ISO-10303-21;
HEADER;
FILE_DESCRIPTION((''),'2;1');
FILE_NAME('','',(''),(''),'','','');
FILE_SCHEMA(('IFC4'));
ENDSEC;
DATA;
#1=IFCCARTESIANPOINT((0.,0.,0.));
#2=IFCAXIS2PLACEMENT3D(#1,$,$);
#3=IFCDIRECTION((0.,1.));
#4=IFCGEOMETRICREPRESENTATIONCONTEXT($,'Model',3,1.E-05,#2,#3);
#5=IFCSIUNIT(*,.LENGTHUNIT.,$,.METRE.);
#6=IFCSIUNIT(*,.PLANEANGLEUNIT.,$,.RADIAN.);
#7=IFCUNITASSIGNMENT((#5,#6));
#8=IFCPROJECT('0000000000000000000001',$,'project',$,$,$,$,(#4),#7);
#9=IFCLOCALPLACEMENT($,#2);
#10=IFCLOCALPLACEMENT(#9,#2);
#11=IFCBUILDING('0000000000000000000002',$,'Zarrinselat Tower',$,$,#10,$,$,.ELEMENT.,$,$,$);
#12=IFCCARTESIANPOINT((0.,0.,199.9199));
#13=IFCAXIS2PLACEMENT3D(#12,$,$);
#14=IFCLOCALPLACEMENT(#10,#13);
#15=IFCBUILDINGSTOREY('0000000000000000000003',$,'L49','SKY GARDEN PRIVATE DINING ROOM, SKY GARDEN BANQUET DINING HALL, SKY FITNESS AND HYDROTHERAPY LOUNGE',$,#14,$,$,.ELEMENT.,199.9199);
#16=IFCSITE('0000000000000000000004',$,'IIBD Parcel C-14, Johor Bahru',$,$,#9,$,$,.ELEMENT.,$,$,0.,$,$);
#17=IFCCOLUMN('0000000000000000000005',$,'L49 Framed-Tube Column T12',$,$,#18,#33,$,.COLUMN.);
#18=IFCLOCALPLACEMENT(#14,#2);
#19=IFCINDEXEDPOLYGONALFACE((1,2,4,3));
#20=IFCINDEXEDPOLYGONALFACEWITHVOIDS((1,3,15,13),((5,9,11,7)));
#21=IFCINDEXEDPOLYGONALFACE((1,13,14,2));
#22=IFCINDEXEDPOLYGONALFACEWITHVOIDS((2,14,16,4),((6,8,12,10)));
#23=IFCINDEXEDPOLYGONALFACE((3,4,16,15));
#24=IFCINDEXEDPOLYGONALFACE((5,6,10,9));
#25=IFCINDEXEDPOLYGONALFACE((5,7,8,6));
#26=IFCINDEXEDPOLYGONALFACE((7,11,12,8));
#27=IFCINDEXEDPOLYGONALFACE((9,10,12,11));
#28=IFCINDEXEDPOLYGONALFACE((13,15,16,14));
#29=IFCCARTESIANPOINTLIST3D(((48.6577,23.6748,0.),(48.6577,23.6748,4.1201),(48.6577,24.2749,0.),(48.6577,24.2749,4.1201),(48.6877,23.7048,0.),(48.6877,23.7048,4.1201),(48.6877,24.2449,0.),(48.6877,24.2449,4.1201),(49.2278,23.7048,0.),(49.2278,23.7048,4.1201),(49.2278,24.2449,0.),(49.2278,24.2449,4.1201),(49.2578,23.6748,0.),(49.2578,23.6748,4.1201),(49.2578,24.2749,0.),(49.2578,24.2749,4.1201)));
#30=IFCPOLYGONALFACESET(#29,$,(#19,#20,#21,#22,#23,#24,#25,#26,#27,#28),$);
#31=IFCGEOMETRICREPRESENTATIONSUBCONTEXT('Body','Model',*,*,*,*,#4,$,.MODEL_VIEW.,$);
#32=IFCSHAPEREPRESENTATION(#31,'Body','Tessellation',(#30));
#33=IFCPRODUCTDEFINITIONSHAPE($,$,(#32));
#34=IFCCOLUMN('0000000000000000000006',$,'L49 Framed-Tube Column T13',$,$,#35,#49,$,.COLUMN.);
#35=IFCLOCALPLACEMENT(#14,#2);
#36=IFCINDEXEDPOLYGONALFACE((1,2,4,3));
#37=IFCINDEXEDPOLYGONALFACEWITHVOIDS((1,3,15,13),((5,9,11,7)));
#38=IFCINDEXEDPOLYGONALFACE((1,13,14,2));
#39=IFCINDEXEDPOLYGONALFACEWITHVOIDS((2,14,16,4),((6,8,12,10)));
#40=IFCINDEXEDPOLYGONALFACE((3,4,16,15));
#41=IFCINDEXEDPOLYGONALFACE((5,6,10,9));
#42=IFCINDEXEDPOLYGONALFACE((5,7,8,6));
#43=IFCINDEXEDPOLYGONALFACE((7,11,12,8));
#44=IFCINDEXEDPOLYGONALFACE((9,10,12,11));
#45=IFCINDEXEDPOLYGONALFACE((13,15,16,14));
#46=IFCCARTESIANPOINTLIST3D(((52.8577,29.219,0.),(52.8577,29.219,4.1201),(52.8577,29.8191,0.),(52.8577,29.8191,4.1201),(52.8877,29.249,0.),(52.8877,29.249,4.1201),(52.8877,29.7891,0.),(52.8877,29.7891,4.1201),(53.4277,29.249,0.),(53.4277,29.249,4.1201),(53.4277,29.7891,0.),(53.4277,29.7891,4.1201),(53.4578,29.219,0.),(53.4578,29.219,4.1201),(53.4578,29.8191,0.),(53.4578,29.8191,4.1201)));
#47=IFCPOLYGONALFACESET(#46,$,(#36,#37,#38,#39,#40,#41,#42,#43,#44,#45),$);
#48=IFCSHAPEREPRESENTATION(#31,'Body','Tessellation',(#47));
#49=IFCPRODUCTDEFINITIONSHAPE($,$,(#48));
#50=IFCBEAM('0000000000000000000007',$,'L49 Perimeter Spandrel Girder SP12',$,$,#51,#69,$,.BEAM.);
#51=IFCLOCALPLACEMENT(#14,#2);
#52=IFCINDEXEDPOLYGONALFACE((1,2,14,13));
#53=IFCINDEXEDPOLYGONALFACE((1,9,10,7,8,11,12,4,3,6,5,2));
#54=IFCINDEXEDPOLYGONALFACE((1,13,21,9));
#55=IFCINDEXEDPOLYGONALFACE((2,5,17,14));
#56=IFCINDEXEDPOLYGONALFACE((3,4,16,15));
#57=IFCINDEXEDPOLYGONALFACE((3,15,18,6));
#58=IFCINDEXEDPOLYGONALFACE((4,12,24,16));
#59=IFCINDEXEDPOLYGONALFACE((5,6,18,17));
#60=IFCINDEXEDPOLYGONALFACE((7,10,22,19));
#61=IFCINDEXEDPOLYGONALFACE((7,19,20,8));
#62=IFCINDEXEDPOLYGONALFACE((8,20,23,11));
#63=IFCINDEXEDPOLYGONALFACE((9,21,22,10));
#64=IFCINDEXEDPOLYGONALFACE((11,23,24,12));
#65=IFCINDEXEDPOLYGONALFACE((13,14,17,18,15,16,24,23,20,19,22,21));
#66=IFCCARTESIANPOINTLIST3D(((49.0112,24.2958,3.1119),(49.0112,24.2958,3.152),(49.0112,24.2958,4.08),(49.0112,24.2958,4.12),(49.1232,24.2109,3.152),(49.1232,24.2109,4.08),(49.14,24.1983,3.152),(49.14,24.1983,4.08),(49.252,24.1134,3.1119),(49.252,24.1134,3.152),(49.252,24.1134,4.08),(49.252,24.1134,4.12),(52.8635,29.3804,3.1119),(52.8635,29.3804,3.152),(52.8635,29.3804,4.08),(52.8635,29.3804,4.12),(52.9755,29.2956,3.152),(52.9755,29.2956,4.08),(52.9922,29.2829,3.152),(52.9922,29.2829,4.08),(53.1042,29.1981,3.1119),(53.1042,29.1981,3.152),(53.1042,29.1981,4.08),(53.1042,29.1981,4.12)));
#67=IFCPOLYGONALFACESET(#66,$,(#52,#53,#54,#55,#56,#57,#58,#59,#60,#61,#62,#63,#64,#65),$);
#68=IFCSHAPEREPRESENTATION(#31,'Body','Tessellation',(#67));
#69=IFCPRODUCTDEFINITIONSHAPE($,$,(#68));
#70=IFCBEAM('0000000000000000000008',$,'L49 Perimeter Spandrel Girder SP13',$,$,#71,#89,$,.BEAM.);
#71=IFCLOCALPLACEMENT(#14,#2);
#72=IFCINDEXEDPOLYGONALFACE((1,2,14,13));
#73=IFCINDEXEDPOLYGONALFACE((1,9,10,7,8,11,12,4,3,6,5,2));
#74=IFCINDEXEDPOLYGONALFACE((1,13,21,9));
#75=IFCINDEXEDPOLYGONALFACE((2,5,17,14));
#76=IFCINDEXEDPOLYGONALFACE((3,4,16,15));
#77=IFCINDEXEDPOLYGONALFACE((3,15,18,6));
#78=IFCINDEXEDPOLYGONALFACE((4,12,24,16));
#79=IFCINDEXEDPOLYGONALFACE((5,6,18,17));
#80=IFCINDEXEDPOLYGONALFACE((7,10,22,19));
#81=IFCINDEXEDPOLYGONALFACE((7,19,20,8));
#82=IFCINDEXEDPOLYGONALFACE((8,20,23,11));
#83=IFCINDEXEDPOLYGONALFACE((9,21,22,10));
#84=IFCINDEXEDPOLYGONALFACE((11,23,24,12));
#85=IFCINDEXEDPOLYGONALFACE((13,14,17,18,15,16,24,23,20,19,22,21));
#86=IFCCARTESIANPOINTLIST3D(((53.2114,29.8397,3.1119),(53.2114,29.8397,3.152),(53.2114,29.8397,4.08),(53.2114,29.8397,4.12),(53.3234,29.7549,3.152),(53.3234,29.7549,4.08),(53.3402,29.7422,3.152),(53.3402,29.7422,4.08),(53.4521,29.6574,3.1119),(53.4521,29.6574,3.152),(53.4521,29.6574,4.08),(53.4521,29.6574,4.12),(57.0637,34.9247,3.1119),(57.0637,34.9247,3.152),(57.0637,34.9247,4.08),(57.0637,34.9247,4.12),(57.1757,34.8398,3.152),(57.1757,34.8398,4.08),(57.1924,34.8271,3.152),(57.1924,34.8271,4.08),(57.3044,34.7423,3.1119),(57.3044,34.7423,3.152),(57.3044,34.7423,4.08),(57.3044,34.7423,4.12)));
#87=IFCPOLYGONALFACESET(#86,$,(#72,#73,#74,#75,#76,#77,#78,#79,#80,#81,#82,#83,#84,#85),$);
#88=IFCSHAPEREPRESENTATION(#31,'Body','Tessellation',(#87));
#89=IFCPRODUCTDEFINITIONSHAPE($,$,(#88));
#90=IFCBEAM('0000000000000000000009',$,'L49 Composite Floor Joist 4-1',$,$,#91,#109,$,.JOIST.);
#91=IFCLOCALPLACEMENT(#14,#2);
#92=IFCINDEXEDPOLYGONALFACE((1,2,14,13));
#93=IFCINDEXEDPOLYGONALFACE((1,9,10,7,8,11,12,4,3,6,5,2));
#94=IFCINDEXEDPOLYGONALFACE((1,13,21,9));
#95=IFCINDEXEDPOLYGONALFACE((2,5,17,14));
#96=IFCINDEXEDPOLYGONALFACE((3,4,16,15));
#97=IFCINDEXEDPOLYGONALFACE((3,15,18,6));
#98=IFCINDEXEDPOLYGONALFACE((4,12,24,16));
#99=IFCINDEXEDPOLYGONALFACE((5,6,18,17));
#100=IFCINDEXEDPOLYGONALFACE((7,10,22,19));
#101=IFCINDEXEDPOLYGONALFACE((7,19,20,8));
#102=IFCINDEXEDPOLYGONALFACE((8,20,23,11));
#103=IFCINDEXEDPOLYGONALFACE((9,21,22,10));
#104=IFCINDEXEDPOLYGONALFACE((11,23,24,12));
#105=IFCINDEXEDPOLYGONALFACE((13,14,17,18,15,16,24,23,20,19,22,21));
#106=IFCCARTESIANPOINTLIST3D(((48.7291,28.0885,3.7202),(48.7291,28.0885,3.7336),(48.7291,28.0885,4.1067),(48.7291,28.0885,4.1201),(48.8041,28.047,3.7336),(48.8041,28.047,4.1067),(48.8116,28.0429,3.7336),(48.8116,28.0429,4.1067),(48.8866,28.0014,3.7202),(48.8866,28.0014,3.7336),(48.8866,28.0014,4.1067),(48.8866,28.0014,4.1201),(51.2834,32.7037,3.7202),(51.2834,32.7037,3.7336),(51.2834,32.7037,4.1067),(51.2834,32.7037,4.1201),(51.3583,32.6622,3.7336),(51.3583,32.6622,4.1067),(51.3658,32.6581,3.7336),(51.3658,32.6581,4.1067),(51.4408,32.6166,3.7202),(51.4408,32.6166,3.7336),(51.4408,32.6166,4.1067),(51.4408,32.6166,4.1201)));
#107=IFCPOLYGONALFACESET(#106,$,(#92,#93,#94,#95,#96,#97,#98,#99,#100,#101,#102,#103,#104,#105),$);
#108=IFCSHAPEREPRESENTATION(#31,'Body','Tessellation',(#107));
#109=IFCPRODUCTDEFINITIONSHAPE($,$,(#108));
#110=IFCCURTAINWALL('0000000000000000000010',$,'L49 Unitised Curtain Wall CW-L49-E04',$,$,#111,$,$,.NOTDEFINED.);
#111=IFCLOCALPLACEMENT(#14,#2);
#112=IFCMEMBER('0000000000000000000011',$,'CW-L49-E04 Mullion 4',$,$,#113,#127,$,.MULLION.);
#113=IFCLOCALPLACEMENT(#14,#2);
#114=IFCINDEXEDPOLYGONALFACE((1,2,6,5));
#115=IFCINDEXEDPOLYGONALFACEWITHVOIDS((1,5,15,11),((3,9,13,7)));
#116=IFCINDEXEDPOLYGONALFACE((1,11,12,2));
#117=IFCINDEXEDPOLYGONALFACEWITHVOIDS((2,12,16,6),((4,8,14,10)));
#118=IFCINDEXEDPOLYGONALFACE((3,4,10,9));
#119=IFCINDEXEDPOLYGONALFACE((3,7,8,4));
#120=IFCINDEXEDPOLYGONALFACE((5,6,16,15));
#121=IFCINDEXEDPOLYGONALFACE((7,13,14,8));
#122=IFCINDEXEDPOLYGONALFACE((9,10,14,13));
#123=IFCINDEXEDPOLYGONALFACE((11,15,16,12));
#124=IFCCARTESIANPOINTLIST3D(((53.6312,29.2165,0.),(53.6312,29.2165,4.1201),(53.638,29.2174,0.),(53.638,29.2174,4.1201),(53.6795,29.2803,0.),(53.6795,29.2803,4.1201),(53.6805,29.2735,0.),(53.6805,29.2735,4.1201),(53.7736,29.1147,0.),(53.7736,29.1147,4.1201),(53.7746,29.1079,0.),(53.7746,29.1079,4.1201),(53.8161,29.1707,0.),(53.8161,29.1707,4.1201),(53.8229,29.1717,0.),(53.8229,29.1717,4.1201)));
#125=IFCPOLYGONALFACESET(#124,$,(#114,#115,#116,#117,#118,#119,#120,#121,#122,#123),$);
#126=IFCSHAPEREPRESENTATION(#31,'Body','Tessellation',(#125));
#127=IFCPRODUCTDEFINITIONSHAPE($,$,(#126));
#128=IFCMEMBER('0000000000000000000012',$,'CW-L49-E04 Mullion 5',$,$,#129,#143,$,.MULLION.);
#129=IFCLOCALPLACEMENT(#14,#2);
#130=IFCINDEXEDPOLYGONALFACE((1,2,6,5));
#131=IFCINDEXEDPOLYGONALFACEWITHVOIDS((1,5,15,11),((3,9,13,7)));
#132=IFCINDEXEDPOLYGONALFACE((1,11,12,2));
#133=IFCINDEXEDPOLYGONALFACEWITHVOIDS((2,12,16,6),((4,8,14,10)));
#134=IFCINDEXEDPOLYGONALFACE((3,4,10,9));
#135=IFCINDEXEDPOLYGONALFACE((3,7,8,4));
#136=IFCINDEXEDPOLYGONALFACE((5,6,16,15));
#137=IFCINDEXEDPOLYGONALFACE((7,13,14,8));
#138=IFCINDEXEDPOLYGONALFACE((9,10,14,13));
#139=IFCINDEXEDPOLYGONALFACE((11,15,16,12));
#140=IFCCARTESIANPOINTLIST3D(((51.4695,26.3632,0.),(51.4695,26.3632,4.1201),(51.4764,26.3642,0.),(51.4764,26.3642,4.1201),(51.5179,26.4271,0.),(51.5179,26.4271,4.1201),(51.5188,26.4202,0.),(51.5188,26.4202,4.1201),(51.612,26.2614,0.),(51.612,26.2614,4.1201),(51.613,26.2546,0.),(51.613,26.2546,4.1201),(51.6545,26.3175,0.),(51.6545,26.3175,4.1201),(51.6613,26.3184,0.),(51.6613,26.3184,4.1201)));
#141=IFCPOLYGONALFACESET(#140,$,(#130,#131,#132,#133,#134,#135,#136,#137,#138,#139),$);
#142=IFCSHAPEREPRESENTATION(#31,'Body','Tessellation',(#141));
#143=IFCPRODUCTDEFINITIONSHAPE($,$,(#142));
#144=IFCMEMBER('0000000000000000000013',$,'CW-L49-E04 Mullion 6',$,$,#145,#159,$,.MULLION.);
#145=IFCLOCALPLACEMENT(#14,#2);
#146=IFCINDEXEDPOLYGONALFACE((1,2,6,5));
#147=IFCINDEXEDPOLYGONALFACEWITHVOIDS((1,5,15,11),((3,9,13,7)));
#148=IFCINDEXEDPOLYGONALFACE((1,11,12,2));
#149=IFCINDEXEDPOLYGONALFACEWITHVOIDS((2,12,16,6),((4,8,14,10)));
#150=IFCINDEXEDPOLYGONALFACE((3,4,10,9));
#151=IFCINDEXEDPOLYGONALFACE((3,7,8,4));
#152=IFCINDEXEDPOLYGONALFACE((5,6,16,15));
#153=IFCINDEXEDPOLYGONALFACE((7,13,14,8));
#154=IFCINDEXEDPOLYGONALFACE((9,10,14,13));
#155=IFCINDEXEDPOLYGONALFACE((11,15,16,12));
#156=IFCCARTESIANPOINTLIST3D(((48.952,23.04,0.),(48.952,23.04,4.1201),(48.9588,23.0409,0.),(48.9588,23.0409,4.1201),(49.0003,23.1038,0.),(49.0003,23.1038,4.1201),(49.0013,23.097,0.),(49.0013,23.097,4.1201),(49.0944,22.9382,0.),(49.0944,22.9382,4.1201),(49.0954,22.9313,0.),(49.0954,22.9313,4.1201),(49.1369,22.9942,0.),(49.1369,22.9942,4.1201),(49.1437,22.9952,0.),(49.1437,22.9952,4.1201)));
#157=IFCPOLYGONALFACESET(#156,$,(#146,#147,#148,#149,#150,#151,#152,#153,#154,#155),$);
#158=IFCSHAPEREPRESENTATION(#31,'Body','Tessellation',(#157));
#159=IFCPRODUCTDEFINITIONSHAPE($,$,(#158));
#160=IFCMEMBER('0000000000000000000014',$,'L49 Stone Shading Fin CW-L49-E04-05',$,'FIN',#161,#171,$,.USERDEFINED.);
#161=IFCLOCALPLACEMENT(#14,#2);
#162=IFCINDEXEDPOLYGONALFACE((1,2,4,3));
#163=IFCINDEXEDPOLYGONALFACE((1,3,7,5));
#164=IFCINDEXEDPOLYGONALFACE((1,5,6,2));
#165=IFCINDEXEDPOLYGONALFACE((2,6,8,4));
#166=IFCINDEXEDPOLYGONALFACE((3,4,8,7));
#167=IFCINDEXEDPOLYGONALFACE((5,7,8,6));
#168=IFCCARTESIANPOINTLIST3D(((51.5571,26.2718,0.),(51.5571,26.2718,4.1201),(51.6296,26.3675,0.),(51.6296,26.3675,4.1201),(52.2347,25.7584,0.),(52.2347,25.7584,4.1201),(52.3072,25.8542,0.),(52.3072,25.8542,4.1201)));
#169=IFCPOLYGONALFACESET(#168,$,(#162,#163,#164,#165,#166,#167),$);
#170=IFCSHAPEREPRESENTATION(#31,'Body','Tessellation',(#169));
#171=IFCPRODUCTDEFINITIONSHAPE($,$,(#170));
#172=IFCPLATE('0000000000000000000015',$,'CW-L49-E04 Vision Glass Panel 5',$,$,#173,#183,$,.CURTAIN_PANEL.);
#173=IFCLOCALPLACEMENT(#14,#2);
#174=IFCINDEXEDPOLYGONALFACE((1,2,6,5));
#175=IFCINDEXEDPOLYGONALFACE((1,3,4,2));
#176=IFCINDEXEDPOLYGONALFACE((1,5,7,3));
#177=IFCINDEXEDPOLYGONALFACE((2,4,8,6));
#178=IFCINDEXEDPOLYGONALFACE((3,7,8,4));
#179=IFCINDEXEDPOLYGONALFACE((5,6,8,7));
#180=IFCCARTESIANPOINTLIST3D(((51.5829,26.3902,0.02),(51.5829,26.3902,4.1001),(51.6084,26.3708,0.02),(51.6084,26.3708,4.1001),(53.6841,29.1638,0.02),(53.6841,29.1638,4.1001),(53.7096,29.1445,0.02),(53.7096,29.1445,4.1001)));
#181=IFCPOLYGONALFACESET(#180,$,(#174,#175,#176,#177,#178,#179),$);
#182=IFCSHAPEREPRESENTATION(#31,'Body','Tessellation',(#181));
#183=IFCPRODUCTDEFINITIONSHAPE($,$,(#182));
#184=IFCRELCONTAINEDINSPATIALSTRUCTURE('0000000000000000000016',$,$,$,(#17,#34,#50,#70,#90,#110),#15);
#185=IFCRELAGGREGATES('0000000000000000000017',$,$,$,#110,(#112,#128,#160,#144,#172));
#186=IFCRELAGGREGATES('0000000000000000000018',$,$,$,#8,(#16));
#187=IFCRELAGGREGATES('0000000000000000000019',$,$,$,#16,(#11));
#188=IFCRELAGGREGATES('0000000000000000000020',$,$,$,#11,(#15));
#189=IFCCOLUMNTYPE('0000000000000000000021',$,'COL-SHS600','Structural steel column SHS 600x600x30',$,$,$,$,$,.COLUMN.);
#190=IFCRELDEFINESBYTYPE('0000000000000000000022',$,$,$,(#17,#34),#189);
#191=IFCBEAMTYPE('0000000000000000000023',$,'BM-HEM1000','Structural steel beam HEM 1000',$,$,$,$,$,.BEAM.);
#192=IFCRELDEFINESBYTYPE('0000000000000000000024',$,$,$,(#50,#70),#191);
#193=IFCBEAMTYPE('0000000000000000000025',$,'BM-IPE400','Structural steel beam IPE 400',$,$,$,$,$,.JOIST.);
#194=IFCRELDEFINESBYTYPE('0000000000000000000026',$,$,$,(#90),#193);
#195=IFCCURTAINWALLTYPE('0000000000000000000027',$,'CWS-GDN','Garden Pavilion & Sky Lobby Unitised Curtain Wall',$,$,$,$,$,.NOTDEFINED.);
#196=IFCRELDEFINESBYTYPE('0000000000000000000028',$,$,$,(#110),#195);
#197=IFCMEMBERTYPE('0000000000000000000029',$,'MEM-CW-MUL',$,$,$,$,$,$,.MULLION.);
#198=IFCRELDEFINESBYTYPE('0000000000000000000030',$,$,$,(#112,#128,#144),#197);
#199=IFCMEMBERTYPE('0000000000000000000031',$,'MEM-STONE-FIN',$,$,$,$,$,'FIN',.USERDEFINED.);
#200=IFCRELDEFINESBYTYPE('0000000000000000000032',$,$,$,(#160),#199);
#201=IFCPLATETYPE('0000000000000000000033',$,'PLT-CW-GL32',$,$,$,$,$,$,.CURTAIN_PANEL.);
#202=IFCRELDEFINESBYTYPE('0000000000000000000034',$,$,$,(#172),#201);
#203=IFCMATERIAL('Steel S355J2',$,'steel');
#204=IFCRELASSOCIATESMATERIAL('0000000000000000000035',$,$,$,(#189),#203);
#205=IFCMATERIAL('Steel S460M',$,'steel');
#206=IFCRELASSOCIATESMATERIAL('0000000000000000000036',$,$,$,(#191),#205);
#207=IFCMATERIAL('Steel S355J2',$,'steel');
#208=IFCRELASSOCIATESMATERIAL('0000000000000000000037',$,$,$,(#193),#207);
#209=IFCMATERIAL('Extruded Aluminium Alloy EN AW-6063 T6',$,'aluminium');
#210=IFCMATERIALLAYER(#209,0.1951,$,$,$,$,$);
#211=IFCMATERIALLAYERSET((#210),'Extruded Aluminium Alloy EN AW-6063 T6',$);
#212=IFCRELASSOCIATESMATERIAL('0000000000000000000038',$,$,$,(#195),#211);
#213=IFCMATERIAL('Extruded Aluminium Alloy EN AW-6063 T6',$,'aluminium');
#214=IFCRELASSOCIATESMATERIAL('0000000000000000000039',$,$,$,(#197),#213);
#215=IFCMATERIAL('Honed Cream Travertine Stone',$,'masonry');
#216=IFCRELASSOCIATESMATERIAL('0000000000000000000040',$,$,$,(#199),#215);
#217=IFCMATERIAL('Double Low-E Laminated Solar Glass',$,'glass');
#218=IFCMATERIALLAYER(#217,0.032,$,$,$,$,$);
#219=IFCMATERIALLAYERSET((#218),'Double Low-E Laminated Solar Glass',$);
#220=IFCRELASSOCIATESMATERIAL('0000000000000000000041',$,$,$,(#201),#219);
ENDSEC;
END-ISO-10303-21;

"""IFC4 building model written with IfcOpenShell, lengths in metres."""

from ifc_helpers import new_model, si_unit, direction, frame, origin, origin_2d, place, context, subcontext, project, spatial, rectangle, hollow_rectangle, i_section, extrude, material, layer, layer_set, material_profile, profile_set, type_object, element, aggregate, save


model = new_model("IFC4")

# Units and contexts
model_context = context("Model", 3, precision=1e-05, world=origin(), true_north=direction((0.0, 1.0)))
body_context = subcontext(model_context, "Body", "Model", "MODEL_VIEW")
ifc_project = project(units=[si_unit("LENGTHUNIT", "METRE"), si_unit("PLANEANGLEUNIT", "RADIAN")], contexts=[model_context])

# Site, building, storey
site_placement = place(None, origin())
site = spatial("IfcSite", under=ifc_project, at=site_placement, Name="IIBD Parcel C-14, Johor Bahru", CompositionType="ELEMENT", RefElevation=0.0)
building_placement = place(site_placement, origin())
building = spatial("IfcBuilding", under=site, at=building_placement, Name="Zarrinselat Tower", CompositionType="ELEMENT")
storey_placement = place(building_placement, frame((0.0, 0.0, 199.9199)))
storey = spatial("IfcBuildingStorey", under=building, at=storey_placement, Name="L49", Description="SKY GARDEN PRIVATE DINING ROOM, SKY GARDEN BANQUET DINING HALL, SKY FITNESS AND HYDROTHERAPY LOUNGE", CompositionType="ELEMENT", Elevation=199.9199)

# Columns
ifc_material_1 = material(Name="Steel S355J2", Category="steel")
ifc_material_profile_1 = material_profile(ifc_material_1, hollow_rectangle(XDim=0.6001, YDim=0.6001, WallThickness=0.03, at=origin_2d()), Name="SHS 600x600x30")
ifc_profile_set_1 = profile_set([ifc_material_profile_1], Name="Steel S355J2")
column_type = type_object("IfcColumnType", Name="COL-SHS600", Description="Structural steel column SHS 600x600x30", PredefinedType="COLUMN", material=ifc_profile_set_1)
for number, where, z_axis, x_axis, name in (
    (1, (48.9578, 23.9749, 0.0), (0.0, 0.0, 1.0), (1.0, 0.0, 0.0), "L49 Framed-Tube Column T12"),
    (2, (53.1577, 29.519, 0.0), (0.0, 0.0, 1.0), (1.0, 0.0, 0.0), "L49 Framed-Tube Column T13"),
):
    element("IfcColumn", number, at=place(storey_placement, frame(where, z_axis=z_axis, x_axis=x_axis)), inside=storey, type_object=column_type, Name=name, PredefinedType="COLUMN", context=body_context, shape_type="SweptSolid", body=[
        extrude(hollow_rectangle(XDim=0.6001, YDim=0.6001, WallThickness=0.03, at=origin_2d()), origin(), (0.0, 0.0, 1.0), 4.1201),
    ])

# Beams
ifc_material_2 = material(Name="Steel S460M", Category="steel")
ifc_material_profile_2 = material_profile(ifc_material_2, i_section(OverallWidth=0.302, OverallDepth=1.0081, WebThickness=0.021, FlangeThickness=0.04, at=origin_2d()), Name="HEM 1000")
ifc_profile_set_2 = profile_set([ifc_material_profile_2], Name="Steel S460M")
beam_type_1 = type_object("IfcBeamType", Name="BM-HEM1000", Description="Structural steel beam HEM 1000", PredefinedType="BEAM", material=ifc_profile_set_2)
beam_1_placement = place(storey_placement, frame((49.1316, 24.2046, 3.616), z_axis=(0.603881, 0.797074, 0.0), x_axis=(-0.797074, 0.603881, 0.0)))
element("IfcBeam", 3, at=beam_1_placement, inside=storey, type_object=beam_type_1, Name="L49 Perimeter Spandrel Girder SP12", PredefinedType="BEAM", context=body_context, shape_type="SweptSolid", body=[
    extrude(i_section(OverallWidth=0.302, OverallDepth=1.0081, WebThickness=0.021, FlangeThickness=0.04, at=origin_2d()), origin(), (0.0, 0.0, 1.0), 6.3792),
])
beam_2_placement = place(storey_placement, frame((53.3318, 29.7485, 3.616), z_axis=(0.603863, 0.797088, 0.0), x_axis=(-0.797088, 0.603863, 0.0)))
element("IfcBeam", 4, at=beam_2_placement, inside=storey, type_object=beam_type_1, Name="L49 Perimeter Spandrel Girder SP13", PredefinedType="BEAM", context=body_context, shape_type="SweptSolid", body=[
    extrude(i_section(OverallWidth=0.302, OverallDepth=1.0081, WebThickness=0.021, FlangeThickness=0.04, at=origin_2d()), origin(), (0.0, 0.0, 1.0), 6.3794),
])
ifc_material_3 = material(Name="Steel S355J2", Category="steel")
ifc_material_profile_3 = material_profile(ifc_material_3, i_section(OverallWidth=0.1799, OverallDepth=0.3999, WebThickness=0.0085, FlangeThickness=0.0134, at=origin_2d()), Name="IPE 400")
ifc_profile_set_3 = profile_set([ifc_material_profile_3], Name="Steel S355J2")
beam_type_2 = type_object("IfcBeamType", Name="BM-IPE400", Description="Structural steel beam IPE 400", PredefinedType="JOIST", material=ifc_profile_set_3)
beam_3_placement = place(storey_placement, frame((48.8079, 28.0449, 3.9202), z_axis=(0.48422, 0.874946, 0.0), x_axis=(-0.874946, 0.48422, 0.0)))
element("IfcBeam", 5, at=beam_3_placement, inside=storey, type_object=beam_type_2, Name="L49 Composite Floor Joist 4-1", PredefinedType="JOIST", context=body_context, shape_type="SweptSolid", body=[
    extrude(i_section(OverallWidth=0.1799, OverallDepth=0.3999, WebThickness=0.0085, FlangeThickness=0.0134, at=origin_2d()), origin(), (0.0, 0.0, 1.0), 5.2749),
])

# Curtain wall, members, plate
ifc_material_4 = material(Name="Extruded Aluminium Alloy EN AW-6063 T6", Category="aluminium")
ifc_layer_1 = layer(ifc_material_4, 0.1951)
ifc_layer_set_1 = layer_set([ifc_layer_1], Name="Extruded Aluminium Alloy EN AW-6063 T6")
curtain_wall_type = type_object("IfcCurtainWallType", Name="CWS-GDN", Description="Garden Pavilion & Sky Lobby Unitised Curtain Wall", PredefinedType="NOTDEFINED", material=ifc_layer_set_1)
curtain_wall_placement = place(storey_placement, origin())
curtain_wall = element("IfcCurtainWall", 6, at=curtain_wall_placement, inside=storey, type_object=curtain_wall_type, Name="L49 Unitised Curtain Wall CW-L49-E04", PredefinedType="NOTDEFINED")
ifc_material_5 = material(Name="Extruded Aluminium Alloy EN AW-6063 T6", Category="aluminium")
ifc_material_profile_4 = material_profile(ifc_material_5, hollow_rectangle(XDim=0.0801, YDim=0.1799, WallThickness=0.0049, at=origin_2d()), Name="RHS 180x80x5")
ifc_profile_set_4 = profile_set([ifc_material_profile_4], Name="Extruded Aluminium Alloy EN AW-6063 T6")
member_type_1 = type_object("IfcMemberType", Name="MEM-CW-MUL", PredefinedType="MULLION", material=ifc_profile_set_4)
member_1_placement = place(storey_placement, frame((53.7271, 29.1941, 0.0), z_axis=(0.0, 0.0, 1.0), x_axis=(-0.603858, -0.797092, 0.0)))
member_1 = element("IfcMember", 7, at=member_1_placement, type_object=member_type_1, Name="CW-L49-E04 Mullion 4", PredefinedType="MULLION", context=body_context, shape_type="SweptSolid", body=[
    extrude(hollow_rectangle(XDim=0.0801, YDim=0.1799, WallThickness=0.0049, at=origin_2d()), origin(), (0.0, 0.0, 1.0), 4.1201),
])
member_2_placement = place(storey_placement, frame((51.5654, 26.3408, 0.0), z_axis=(0.0, 0.0, 1.0), x_axis=(-0.603858, -0.797092, 0.0)))
member_2 = element("IfcMember", 8, at=member_2_placement, type_object=member_type_1, Name="CW-L49-E04 Mullion 5", PredefinedType="MULLION", context=body_context, shape_type="SweptSolid", body=[
    extrude(hollow_rectangle(XDim=0.0801, YDim=0.1799, WallThickness=0.0049, at=origin_2d()), origin(), (0.0, 0.0, 1.0), 4.1201),
])
member_3_placement = place(storey_placement, frame((49.0479, 23.0176, 0.0), z_axis=(0.0, 0.0, 1.0), x_axis=(-0.603858, -0.797092, 0.0)))
member_3 = element("IfcMember", 9, at=member_3_placement, type_object=member_type_1, Name="CW-L49-E04 Mullion 6", PredefinedType="MULLION", context=body_context, shape_type="SweptSolid", body=[
    extrude(hollow_rectangle(XDim=0.0801, YDim=0.1799, WallThickness=0.0049, at=origin_2d()), origin(), (0.0, 0.0, 1.0), 4.1201),
])
ifc_material_6 = material(Name="Honed Cream Travertine Stone", Category="masonry")
ifc_material_profile_5 = material_profile(ifc_material_6, rectangle(XDim=0.1201, YDim=0.8501, at=origin_2d()), Name="FIN 850x120")
ifc_profile_set_5 = profile_set([ifc_material_profile_5], Name="Honed Cream Travertine Stone")
member_type_2 = type_object("IfcMemberType", Name="MEM-STONE-FIN", ElementType="FIN", PredefinedType="USERDEFINED", material=ifc_profile_set_5)
member_4_placement = place(storey_placement, frame((51.9321, 26.063, 0.0), z_axis=(0.0, 0.0, 1.0), x_axis=(-0.603858, -0.797092, 0.0)))
member_4 = element("IfcMember", 10, at=member_4_placement, type_object=member_type_2, Name="L49 Stone Shading Fin CW-L49-E04-05", ObjectType="FIN", PredefinedType="USERDEFINED", context=body_context, shape_type="SweptSolid", body=[
    extrude(rectangle(XDim=0.1201, YDim=0.8501, at=origin_2d()), origin(), (0.0, 0.0, 1.0), 4.1201),
])
ifc_material_7 = material(Name="Double Low-E Laminated Solar Glass", Category="glass")
ifc_layer_2 = layer(ifc_material_7, 0.032)
ifc_layer_set_2 = layer_set([ifc_layer_2], Name="Double Low-E Laminated Solar Glass")
plate_type = type_object("IfcPlateType", Name="PLT-CW-GL32", PredefinedType="CURTAIN_PANEL", material=ifc_layer_set_2)
plate_1_placement = place(storey_placement, frame((52.6462, 27.7673, 0.02), z_axis=(0.0, 0.0, 1.0), x_axis=(-0.603858, -0.797092, 0.0)))
plate_1 = element("IfcPlate", 11, at=plate_1_placement, type_object=plate_type, Name="CW-L49-E04 Vision Glass Panel 5", PredefinedType="CURTAIN_PANEL", context=body_context, shape_type="SweptSolid", body=[
    extrude(rectangle(XDim=3.4797, YDim=0.032, at=origin_2d()), origin(), (0.0, 0.0, 1.0), 4.0801),
])
aggregate(curtain_wall, [member_1, member_2, member_4, member_3, plate_1])

save(model, "model.ifc")
